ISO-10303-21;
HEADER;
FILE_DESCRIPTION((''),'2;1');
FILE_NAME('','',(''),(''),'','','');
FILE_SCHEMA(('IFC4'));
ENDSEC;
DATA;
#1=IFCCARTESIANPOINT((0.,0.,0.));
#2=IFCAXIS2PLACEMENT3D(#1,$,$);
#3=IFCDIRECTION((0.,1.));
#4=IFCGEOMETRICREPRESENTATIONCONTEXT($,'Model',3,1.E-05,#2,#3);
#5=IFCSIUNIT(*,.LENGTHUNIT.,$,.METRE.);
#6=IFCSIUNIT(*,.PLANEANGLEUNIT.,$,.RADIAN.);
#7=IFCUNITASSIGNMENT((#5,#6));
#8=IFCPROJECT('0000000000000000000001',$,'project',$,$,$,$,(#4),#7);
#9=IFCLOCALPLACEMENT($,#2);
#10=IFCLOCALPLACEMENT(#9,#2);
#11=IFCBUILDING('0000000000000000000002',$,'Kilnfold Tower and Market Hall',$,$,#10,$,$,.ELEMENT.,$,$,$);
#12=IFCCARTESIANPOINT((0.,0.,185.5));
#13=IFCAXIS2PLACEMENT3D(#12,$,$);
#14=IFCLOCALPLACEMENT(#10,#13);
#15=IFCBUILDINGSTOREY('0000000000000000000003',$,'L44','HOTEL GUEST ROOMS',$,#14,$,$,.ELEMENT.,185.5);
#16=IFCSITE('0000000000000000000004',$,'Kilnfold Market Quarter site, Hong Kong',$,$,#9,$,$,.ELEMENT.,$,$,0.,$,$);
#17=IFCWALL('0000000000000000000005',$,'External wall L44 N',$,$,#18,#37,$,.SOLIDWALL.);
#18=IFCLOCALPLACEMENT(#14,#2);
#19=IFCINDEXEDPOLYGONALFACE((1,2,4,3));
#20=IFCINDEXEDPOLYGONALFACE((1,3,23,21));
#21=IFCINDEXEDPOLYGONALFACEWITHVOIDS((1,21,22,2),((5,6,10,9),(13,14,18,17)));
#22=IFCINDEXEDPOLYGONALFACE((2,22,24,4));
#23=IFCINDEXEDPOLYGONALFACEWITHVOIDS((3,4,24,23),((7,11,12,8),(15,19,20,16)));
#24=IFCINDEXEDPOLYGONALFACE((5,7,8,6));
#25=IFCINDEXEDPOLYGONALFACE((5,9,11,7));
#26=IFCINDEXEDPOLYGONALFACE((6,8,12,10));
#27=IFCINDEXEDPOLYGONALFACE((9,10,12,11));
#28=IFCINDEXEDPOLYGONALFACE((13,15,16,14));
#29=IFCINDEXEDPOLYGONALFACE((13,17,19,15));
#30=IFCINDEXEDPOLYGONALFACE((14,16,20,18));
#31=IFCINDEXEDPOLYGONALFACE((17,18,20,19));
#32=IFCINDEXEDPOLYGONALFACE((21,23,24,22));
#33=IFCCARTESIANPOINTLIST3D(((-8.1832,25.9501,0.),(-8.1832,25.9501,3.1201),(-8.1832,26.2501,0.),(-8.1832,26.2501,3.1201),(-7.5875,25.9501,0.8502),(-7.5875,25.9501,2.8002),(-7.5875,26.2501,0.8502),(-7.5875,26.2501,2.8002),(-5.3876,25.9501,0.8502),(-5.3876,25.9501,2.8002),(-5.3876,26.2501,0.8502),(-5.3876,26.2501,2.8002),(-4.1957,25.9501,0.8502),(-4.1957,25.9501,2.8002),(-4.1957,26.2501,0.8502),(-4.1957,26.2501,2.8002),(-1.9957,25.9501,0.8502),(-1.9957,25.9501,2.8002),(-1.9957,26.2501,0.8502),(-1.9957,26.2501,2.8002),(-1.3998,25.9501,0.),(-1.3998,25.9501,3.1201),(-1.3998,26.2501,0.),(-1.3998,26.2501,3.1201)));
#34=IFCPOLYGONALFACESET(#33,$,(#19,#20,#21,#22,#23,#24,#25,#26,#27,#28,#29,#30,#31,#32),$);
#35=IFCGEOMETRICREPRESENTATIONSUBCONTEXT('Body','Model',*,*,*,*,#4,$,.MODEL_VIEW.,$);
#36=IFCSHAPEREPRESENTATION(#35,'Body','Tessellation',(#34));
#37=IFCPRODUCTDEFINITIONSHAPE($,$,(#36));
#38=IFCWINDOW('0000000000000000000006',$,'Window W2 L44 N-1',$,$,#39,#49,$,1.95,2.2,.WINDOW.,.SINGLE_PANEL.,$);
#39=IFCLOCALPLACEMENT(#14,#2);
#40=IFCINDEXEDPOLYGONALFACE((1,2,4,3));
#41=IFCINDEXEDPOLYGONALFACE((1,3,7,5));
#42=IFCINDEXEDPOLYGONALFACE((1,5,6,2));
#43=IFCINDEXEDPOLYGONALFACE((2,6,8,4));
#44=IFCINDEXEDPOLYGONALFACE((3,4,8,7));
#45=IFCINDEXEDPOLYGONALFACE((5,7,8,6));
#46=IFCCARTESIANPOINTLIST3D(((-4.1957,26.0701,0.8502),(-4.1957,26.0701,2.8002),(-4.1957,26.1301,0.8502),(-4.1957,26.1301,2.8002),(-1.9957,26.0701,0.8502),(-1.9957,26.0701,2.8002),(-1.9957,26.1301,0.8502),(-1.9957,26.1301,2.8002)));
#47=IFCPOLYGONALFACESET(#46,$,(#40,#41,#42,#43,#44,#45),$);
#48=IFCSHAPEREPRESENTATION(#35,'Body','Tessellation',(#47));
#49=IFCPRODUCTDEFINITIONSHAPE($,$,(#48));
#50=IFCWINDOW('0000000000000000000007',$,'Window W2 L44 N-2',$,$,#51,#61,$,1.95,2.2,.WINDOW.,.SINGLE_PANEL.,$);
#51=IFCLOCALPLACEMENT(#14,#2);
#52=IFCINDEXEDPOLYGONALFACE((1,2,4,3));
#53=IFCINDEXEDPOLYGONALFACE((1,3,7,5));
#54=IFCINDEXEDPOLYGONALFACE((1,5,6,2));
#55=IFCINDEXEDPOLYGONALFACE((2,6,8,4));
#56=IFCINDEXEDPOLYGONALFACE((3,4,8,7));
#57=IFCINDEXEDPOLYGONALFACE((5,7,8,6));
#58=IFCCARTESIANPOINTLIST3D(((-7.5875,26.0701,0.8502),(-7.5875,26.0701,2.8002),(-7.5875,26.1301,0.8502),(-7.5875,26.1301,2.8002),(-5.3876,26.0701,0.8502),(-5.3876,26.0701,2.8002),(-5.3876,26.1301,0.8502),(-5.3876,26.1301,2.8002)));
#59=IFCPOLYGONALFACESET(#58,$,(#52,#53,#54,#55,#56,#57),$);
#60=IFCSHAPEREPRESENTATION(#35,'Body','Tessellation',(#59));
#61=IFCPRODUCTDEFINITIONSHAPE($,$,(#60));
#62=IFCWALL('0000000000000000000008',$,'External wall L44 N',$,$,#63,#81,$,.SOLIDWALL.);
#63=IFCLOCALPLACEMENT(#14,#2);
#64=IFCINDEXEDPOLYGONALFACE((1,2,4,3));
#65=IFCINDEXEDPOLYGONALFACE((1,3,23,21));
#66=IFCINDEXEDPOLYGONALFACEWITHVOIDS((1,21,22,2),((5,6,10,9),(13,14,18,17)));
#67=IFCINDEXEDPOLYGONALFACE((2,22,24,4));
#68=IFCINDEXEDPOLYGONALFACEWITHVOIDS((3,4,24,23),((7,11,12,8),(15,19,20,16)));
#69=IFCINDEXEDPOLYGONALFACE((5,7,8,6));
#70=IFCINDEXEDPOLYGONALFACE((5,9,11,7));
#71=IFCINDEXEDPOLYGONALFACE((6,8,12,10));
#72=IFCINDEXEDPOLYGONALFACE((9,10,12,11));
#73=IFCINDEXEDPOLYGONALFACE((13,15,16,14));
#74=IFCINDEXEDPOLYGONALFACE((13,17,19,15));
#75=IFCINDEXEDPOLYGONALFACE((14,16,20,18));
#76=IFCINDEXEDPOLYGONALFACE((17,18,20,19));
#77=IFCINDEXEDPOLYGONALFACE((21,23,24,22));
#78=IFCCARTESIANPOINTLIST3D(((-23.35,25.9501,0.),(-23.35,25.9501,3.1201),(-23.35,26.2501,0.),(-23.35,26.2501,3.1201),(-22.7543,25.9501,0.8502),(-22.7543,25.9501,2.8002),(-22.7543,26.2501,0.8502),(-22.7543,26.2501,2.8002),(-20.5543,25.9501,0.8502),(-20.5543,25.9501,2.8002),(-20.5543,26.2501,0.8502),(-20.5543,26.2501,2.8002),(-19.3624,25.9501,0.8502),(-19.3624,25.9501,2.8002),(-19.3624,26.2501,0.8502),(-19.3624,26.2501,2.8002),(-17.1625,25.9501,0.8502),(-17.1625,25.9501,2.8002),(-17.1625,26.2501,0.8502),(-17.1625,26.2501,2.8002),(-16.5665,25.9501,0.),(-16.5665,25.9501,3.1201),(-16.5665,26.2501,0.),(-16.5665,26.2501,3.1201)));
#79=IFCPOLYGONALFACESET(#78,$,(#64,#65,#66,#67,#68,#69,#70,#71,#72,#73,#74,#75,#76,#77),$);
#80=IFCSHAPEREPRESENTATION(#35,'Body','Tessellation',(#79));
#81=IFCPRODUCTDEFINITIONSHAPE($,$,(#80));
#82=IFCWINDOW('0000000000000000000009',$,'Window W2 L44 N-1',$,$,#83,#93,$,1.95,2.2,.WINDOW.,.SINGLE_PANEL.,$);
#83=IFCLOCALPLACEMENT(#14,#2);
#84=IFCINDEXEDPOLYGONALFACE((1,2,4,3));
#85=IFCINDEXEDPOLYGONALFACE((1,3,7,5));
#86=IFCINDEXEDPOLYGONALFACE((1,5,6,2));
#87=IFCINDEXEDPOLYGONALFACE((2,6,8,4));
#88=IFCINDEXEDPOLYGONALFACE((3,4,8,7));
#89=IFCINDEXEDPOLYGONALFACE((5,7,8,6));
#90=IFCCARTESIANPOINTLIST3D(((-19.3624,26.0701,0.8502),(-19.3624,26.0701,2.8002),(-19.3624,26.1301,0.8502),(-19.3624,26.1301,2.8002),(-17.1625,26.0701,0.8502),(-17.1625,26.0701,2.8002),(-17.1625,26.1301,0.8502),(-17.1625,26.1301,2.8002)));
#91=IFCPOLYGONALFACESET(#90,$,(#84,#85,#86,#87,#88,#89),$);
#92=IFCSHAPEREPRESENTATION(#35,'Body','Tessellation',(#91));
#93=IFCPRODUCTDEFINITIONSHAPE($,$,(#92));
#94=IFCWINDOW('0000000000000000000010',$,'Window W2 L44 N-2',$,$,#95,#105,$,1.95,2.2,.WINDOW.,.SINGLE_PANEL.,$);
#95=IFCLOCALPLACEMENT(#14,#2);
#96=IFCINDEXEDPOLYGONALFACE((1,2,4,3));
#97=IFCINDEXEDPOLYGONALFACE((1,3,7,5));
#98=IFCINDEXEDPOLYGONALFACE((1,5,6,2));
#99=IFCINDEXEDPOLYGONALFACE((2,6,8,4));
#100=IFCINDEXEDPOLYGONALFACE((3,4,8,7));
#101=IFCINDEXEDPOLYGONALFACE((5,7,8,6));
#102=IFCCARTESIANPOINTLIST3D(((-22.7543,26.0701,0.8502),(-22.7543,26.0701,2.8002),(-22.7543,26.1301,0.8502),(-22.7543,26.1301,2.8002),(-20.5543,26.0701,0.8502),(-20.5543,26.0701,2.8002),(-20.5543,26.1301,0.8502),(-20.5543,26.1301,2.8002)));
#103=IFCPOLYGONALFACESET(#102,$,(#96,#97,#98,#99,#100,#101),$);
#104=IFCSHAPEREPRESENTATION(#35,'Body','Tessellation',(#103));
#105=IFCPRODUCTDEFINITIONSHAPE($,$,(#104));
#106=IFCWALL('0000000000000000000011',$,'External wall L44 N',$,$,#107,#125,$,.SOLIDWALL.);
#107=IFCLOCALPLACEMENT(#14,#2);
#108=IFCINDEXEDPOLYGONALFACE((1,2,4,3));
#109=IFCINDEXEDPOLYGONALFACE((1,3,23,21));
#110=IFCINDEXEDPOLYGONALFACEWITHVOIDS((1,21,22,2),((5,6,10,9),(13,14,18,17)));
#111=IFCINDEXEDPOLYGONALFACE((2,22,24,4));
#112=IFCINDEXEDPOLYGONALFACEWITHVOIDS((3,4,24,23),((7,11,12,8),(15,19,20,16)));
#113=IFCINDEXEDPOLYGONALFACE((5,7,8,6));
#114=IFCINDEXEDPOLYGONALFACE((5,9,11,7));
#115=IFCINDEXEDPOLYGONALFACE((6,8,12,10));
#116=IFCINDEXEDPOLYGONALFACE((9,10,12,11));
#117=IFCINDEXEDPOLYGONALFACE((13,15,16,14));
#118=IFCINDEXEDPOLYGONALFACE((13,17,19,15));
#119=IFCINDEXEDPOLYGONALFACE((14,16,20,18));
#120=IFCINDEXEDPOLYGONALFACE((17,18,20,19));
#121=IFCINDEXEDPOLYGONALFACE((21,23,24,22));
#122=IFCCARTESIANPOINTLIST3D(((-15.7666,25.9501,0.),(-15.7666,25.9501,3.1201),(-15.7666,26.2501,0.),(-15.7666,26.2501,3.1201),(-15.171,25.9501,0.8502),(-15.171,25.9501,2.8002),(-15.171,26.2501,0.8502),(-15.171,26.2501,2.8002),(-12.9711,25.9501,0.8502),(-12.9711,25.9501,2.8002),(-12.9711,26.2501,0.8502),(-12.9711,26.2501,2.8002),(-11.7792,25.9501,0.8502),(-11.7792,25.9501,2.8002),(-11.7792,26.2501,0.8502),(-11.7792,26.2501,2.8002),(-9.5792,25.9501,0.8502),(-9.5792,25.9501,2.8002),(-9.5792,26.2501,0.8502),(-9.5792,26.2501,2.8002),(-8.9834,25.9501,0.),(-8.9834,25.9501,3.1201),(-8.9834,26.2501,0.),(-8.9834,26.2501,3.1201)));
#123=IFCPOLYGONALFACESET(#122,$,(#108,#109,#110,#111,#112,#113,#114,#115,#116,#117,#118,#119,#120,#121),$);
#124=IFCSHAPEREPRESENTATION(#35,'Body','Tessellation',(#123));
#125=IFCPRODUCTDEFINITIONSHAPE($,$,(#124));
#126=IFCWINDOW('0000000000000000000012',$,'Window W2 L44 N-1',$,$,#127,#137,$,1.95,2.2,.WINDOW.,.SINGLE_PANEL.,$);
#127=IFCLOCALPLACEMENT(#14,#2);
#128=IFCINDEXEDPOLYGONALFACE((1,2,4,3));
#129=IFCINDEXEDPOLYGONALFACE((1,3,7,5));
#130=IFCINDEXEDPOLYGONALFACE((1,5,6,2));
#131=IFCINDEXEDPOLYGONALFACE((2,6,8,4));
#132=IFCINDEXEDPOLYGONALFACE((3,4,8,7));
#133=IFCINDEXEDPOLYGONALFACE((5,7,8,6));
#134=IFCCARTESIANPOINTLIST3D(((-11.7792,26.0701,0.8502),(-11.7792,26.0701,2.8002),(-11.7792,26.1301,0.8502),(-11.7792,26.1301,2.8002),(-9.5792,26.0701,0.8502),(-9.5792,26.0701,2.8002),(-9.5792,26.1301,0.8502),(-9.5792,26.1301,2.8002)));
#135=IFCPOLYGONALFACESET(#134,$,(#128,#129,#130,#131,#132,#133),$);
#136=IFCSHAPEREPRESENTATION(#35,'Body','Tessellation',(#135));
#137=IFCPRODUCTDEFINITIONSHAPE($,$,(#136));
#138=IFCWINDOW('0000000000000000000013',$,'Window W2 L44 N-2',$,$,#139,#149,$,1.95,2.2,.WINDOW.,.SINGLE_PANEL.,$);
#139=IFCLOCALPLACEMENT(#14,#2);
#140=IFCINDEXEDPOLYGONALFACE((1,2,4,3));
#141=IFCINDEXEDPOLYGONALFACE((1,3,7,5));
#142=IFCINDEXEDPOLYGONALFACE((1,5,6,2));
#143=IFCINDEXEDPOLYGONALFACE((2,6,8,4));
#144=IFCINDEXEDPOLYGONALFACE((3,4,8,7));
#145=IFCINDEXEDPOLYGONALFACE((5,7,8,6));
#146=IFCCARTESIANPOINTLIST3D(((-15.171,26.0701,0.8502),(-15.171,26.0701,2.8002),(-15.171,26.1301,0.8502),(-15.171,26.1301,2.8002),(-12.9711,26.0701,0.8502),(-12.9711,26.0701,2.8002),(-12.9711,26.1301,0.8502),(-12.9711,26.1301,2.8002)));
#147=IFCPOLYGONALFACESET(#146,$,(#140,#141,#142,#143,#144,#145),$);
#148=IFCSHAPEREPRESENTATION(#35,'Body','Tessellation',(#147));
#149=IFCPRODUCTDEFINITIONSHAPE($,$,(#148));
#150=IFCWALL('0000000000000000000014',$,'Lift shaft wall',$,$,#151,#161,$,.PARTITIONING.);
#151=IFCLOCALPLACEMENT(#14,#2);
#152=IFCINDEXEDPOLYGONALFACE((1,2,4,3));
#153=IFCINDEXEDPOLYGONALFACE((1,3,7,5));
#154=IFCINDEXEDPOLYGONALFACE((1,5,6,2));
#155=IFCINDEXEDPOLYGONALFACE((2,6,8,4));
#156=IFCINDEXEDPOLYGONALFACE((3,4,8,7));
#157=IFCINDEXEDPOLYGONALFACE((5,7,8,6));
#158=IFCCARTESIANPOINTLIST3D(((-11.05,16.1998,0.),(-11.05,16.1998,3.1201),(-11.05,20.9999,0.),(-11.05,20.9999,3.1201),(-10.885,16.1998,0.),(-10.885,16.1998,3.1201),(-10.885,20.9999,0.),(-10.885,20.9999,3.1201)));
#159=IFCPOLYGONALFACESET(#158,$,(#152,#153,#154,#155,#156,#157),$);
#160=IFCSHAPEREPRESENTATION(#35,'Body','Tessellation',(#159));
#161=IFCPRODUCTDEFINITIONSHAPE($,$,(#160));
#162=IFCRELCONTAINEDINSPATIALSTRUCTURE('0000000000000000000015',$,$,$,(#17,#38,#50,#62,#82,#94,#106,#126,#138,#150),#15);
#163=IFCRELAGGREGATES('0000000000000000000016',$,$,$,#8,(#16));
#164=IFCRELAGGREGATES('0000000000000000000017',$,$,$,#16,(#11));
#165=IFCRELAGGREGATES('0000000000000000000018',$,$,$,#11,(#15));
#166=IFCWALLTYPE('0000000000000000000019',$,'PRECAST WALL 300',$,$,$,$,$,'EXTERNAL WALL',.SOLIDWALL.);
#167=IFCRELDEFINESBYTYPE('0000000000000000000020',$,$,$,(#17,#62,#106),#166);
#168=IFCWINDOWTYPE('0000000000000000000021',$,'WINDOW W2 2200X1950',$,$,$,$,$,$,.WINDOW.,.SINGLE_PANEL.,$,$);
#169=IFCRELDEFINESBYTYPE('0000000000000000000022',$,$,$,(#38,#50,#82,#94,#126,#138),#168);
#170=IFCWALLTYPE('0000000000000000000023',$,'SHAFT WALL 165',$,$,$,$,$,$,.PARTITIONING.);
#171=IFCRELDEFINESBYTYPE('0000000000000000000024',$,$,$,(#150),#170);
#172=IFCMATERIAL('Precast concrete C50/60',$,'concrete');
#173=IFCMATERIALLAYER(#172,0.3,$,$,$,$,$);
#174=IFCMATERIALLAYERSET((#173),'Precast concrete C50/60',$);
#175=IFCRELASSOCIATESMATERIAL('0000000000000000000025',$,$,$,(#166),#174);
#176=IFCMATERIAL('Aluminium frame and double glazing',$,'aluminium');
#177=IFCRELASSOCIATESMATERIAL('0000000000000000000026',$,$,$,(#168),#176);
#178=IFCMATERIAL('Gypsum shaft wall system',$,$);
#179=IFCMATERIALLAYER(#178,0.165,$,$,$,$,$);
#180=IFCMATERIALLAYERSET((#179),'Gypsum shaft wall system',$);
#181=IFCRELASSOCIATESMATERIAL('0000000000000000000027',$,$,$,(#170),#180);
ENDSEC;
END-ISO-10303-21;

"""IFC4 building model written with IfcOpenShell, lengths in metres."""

from ifc_helpers import new_model, si_unit, direction, frame, frame_2d, origin, place, context, subcontext, project, spatial, rectangle, extrude, source, transform, mapped, material, layer, layer_set, type_object, element, fill, save


model = new_model("IFC4")

# Units and contexts
model_context = context("Model", 3, precision=1e-05, world=origin(), true_north=direction((0.0, 1.0)))
body_context = subcontext(model_context, "Body", "Model", "MODEL_VIEW")
ifc_project = project(units=[si_unit("LENGTHUNIT", "METRE"), si_unit("PLANEANGLEUNIT", "RADIAN")], contexts=[model_context])

# Site, building, storey
site_placement = place(None, origin())
site = spatial("IfcSite", under=ifc_project, at=site_placement, Name="Kilnfold Market Quarter site, Hong Kong", CompositionType="ELEMENT", RefElevation=0.0)
building_placement = place(site_placement, origin())
building = spatial("IfcBuilding", under=site, at=building_placement, Name="Kilnfold Tower and Market Hall", CompositionType="ELEMENT")
storey_placement = place(building_placement, frame((0.0, 0.0, 185.5)))
storey = spatial("IfcBuildingStorey", under=building, at=storey_placement, Name="L44", Description="HOTEL GUEST ROOMS", CompositionType="ELEMENT", Elevation=185.5)

# Walls, openings, windows
ifc_material_1 = material(Name="Precast concrete C50/60", Category="concrete")
ifc_layer_1 = layer(ifc_material_1, 0.3)
ifc_layer_set_1 = layer_set([ifc_layer_1], Name="Precast concrete C50/60")
wall_type_1 = type_object("IfcWallType", Name="PRECAST WALL 300", ElementType="EXTERNAL WALL", PredefinedType="SOLIDWALL", material=ifc_layer_set_1)
shared_shape_1 = source(origin(), body_context, "Body", "SweptSolid", [
    extrude(rectangle(XDim=6.7834, YDim=0.3, at=frame_2d((3.3916, 0.0))), origin(), (0.0, 0.0, 1.0), 3.1201),
])
wall_1_placement = place(storey_placement, frame((-1.3999, 26.1001, 0.0), z_axis=(0.0, 0.0, 1.0), x_axis=(-1.0, 0.0, 0.0)))
wall_1 = element("IfcWall", 1, at=wall_1_placement, inside=storey, type_object=wall_type_1, Name="External wall L44 N", PredefinedType="SOLIDWALL", context=body_context, shape_type="MappedRepresentation", body=[
    mapped(shared_shape_1, transform((0.0, 0.0, 0.0))),
])
opening_1_placement = place(wall_1_placement, frame((0.5957, 0.0, 0.8501)))
opening_1 = element("IfcOpeningElement", 2, at=opening_1_placement, cuts=wall_1, PredefinedType="OPENING", context=body_context, shape_type="SweptSolid", body=[
    extrude(rectangle(XDim=2.2, YDim=1.95, at=frame_2d((1.1001, 0.9751))), frame((0.0, 0.1602, 0.0), z_axis=(0.0, -1.0, 0.0), x_axis=(1.0, 0.0, 0.0)), (0.0, 0.0, 1.0), 0.3201),
])
opening_2_placement = place(wall_1_placement, frame((3.9875, 0.0, 0.8501)))
opening_2 = element("IfcOpeningElement", 3, at=opening_2_placement, cuts=wall_1, PredefinedType="OPENING", context=body_context, shape_type="SweptSolid", body=[
    extrude(rectangle(XDim=2.2, YDim=1.95, at=frame_2d((1.1001, 0.9751))), frame((0.0, 0.1602, 0.0), z_axis=(0.0, -1.0, 0.0), x_axis=(1.0, 0.0, 0.0)), (0.0, 0.0, 1.0), 0.3201),
])
ifc_material_2 = material(Name="Aluminium frame and double glazing", Category="aluminium")
window_type = type_object("IfcWindowType", Name="WINDOW W2 2200X1950", PartitioningType="SINGLE_PANEL", PredefinedType="WINDOW", material=ifc_material_2)
window_1_placement = place(opening_1_placement, origin())
window_1 = element("IfcWindow", 4, at=window_1_placement, inside=storey, type_object=window_type, Name="Window W2 L44 N-1", OverallHeight=1.95, OverallWidth=2.2, PartitioningType="SINGLE_PANEL", PredefinedType="WINDOW", context=body_context, shape_type="SweptSolid", body=[
    extrude(rectangle(XDim=2.2, YDim=1.95, at=frame_2d((1.1001, 0.9751))), frame((0.0, 0.03, 0.0), z_axis=(0.0, -1.0, 0.0), x_axis=(1.0, 0.0, 0.0)), (0.0, 0.0, 1.0), 0.0601),
])
fill(opening_1, window_1)
window_2_placement = place(opening_2_placement, origin())
window_2 = element("IfcWindow", 5, at=window_2_placement, inside=storey, type_object=window_type, Name="Window W2 L44 N-2", OverallHeight=1.95, OverallWidth=2.2, PartitioningType="SINGLE_PANEL", PredefinedType="WINDOW", context=body_context, shape_type="SweptSolid", body=[
    extrude(rectangle(XDim=2.2, YDim=1.95, at=frame_2d((1.1001, 0.9751))), frame((0.0, 0.03, 0.0), z_axis=(0.0, -1.0, 0.0), x_axis=(1.0, 0.0, 0.0)), (0.0, 0.0, 1.0), 0.0601),
])
fill(opening_2, window_2)
wall_2_placement = place(storey_placement, frame((-16.5667, 26.1001, 0.0), z_axis=(0.0, 0.0, 1.0), x_axis=(-1.0, 0.0, 0.0)))
wall_2 = element("IfcWall", 6, at=wall_2_placement, inside=storey, type_object=wall_type_1, Name="External wall L44 N", PredefinedType="SOLIDWALL", context=body_context, shape_type="MappedRepresentation", body=[
    mapped(shared_shape_1, transform((0.0, 0.0, 0.0))),
])
opening_3_placement = place(wall_2_placement, frame((0.5957, 0.0, 0.8501)))
opening_3 = element("IfcOpeningElement", 7, at=opening_3_placement, cuts=wall_2, PredefinedType="OPENING", context=body_context, shape_type="SweptSolid", body=[
    extrude(rectangle(XDim=2.2, YDim=1.95, at=frame_2d((1.1001, 0.9751))), frame((0.0, 0.1602, 0.0), z_axis=(0.0, -1.0, 0.0), x_axis=(1.0, 0.0, 0.0)), (0.0, 0.0, 1.0), 0.3201),
])
opening_4_placement = place(wall_2_placement, frame((3.9875, 0.0, 0.8501)))
opening_4 = element("IfcOpeningElement", 8, at=opening_4_placement, cuts=wall_2, PredefinedType="OPENING", context=body_context, shape_type="SweptSolid", body=[
    extrude(rectangle(XDim=2.2, YDim=1.95, at=frame_2d((1.1001, 0.9751))), frame((0.0, 0.1602, 0.0), z_axis=(0.0, -1.0, 0.0), x_axis=(1.0, 0.0, 0.0)), (0.0, 0.0, 1.0), 0.3201),
])
window_3_placement = place(opening_3_placement, origin())
window_3 = element("IfcWindow", 9, at=window_3_placement, inside=storey, type_object=window_type, Name="Window W2 L44 N-1", OverallHeight=1.95, OverallWidth=2.2, PartitioningType="SINGLE_PANEL", PredefinedType="WINDOW", context=body_context, shape_type="SweptSolid", body=[
    extrude(rectangle(XDim=2.2, YDim=1.95, at=frame_2d((1.1001, 0.9751))), frame((0.0, 0.03, 0.0), z_axis=(0.0, -1.0, 0.0), x_axis=(1.0, 0.0, 0.0)), (0.0, 0.0, 1.0), 0.0601),
])
fill(opening_3, window_3)
window_4_placement = place(opening_4_placement, origin())
window_4 = element("IfcWindow", 10, at=window_4_placement, inside=storey, type_object=window_type, Name="Window W2 L44 N-2", OverallHeight=1.95, OverallWidth=2.2, PartitioningType="SINGLE_PANEL", PredefinedType="WINDOW", context=body_context, shape_type="SweptSolid", body=[
    extrude(rectangle(XDim=2.2, YDim=1.95, at=frame_2d((1.1001, 0.9751))), frame((0.0, 0.03, 0.0), z_axis=(0.0, -1.0, 0.0), x_axis=(1.0, 0.0, 0.0)), (0.0, 0.0, 1.0), 0.0601),
])
fill(opening_4, window_4)
shared_shape_2 = source(origin(), body_context, "Body", "SweptSolid", [
    extrude(rectangle(XDim=6.7832, YDim=0.3, at=frame_2d((3.3916, 0.0))), origin(), (0.0, 0.0, 1.0), 3.1201),
])
wall_3_placement = place(storey_placement, frame((-8.9834, 26.1001, 0.0), z_axis=(0.0, 0.0, 1.0), x_axis=(-1.0, 0.0, 0.0)))
wall_3 = element("IfcWall", 11, at=wall_3_placement, inside=storey, type_object=wall_type_1, Name="External wall L44 N", PredefinedType="SOLIDWALL", context=body_context, shape_type="MappedRepresentation", body=[
    mapped(shared_shape_2, transform((0.0, 0.0, 0.0))),
])
opening_5_placement = place(wall_3_placement, frame((0.5957, 0.0, 0.8501)))
opening_5 = element("IfcOpeningElement", 12, at=opening_5_placement, cuts=wall_3, PredefinedType="OPENING", context=body_context, shape_type="SweptSolid", body=[
    extrude(rectangle(XDim=2.2, YDim=1.95, at=frame_2d((1.1001, 0.9751))), frame((0.0, 0.1602, 0.0), z_axis=(0.0, -1.0, 0.0), x_axis=(1.0, 0.0, 0.0)), (0.0, 0.0, 1.0), 0.3201),
])
opening_6_placement = place(wall_3_placement, frame((3.9875, 0.0, 0.8501)))
opening_6 = element("IfcOpeningElement", 13, at=opening_6_placement, cuts=wall_3, PredefinedType="OPENING", context=body_context, shape_type="SweptSolid", body=[
    extrude(rectangle(XDim=2.2, YDim=1.95, at=frame_2d((1.1001, 0.9751))), frame((0.0, 0.1602, 0.0), z_axis=(0.0, -1.0, 0.0), x_axis=(1.0, 0.0, 0.0)), (0.0, 0.0, 1.0), 0.3201),
])
window_5_placement = place(opening_5_placement, origin())
window_5 = element("IfcWindow", 14, at=window_5_placement, inside=storey, type_object=window_type, Name="Window W2 L44 N-1", OverallHeight=1.95, OverallWidth=2.2, PartitioningType="SINGLE_PANEL", PredefinedType="WINDOW", context=body_context, shape_type="SweptSolid", body=[
    extrude(rectangle(XDim=2.2, YDim=1.95, at=frame_2d((1.1001, 0.9751))), frame((0.0, 0.03, 0.0), z_axis=(0.0, -1.0, 0.0), x_axis=(1.0, 0.0, 0.0)), (0.0, 0.0, 1.0), 0.0601),
])
fill(opening_5, window_5)
window_6_placement = place(opening_6_placement, origin())
window_6 = element("IfcWindow", 15, at=window_6_placement, inside=storey, type_object=window_type, Name="Window W2 L44 N-2", OverallHeight=1.95, OverallWidth=2.2, PartitioningType="SINGLE_PANEL", PredefinedType="WINDOW", context=body_context, shape_type="SweptSolid", body=[
    extrude(rectangle(XDim=2.2, YDim=1.95, at=frame_2d((1.1001, 0.9751))), frame((0.0, 0.03, 0.0), z_axis=(0.0, -1.0, 0.0), x_axis=(1.0, 0.0, 0.0)), (0.0, 0.0, 1.0), 0.0601),
])
fill(opening_6, window_6)

# Wall
ifc_material_3 = material(Name="Gypsum shaft wall system")
ifc_layer_2 = layer(ifc_material_3, 0.165)
ifc_layer_set_2 = layer_set([ifc_layer_2], Name="Gypsum shaft wall system")
wall_type_2 = type_object("IfcWallType", Name="SHAFT WALL 165", PredefinedType="PARTITIONING", material=ifc_layer_set_2)
shared_shape_3 = source(origin(), body_context, "Body", "SweptSolid", [
    extrude(rectangle(XDim=4.8, YDim=0.165, at=frame_2d((2.3999, 0.0))), origin(), (0.0, 0.0, 1.0), 3.1201),
])
wall_4_placement = place(storey_placement, frame((-10.9675, 16.2, 0.0), z_axis=(0.0, 0.0, 1.0), x_axis=(0.0, 1.0, 0.0)))
element("IfcWall", 16, at=wall_4_placement, inside=storey, type_object=wall_type_2, Name="Lift shaft wall", PredefinedType="PARTITIONING", context=body_context, shape_type="MappedRepresentation", body=[
    mapped(shared_shape_3, transform((0.0, 0.0, 0.0))),
])

save(model, "model.ifc")
